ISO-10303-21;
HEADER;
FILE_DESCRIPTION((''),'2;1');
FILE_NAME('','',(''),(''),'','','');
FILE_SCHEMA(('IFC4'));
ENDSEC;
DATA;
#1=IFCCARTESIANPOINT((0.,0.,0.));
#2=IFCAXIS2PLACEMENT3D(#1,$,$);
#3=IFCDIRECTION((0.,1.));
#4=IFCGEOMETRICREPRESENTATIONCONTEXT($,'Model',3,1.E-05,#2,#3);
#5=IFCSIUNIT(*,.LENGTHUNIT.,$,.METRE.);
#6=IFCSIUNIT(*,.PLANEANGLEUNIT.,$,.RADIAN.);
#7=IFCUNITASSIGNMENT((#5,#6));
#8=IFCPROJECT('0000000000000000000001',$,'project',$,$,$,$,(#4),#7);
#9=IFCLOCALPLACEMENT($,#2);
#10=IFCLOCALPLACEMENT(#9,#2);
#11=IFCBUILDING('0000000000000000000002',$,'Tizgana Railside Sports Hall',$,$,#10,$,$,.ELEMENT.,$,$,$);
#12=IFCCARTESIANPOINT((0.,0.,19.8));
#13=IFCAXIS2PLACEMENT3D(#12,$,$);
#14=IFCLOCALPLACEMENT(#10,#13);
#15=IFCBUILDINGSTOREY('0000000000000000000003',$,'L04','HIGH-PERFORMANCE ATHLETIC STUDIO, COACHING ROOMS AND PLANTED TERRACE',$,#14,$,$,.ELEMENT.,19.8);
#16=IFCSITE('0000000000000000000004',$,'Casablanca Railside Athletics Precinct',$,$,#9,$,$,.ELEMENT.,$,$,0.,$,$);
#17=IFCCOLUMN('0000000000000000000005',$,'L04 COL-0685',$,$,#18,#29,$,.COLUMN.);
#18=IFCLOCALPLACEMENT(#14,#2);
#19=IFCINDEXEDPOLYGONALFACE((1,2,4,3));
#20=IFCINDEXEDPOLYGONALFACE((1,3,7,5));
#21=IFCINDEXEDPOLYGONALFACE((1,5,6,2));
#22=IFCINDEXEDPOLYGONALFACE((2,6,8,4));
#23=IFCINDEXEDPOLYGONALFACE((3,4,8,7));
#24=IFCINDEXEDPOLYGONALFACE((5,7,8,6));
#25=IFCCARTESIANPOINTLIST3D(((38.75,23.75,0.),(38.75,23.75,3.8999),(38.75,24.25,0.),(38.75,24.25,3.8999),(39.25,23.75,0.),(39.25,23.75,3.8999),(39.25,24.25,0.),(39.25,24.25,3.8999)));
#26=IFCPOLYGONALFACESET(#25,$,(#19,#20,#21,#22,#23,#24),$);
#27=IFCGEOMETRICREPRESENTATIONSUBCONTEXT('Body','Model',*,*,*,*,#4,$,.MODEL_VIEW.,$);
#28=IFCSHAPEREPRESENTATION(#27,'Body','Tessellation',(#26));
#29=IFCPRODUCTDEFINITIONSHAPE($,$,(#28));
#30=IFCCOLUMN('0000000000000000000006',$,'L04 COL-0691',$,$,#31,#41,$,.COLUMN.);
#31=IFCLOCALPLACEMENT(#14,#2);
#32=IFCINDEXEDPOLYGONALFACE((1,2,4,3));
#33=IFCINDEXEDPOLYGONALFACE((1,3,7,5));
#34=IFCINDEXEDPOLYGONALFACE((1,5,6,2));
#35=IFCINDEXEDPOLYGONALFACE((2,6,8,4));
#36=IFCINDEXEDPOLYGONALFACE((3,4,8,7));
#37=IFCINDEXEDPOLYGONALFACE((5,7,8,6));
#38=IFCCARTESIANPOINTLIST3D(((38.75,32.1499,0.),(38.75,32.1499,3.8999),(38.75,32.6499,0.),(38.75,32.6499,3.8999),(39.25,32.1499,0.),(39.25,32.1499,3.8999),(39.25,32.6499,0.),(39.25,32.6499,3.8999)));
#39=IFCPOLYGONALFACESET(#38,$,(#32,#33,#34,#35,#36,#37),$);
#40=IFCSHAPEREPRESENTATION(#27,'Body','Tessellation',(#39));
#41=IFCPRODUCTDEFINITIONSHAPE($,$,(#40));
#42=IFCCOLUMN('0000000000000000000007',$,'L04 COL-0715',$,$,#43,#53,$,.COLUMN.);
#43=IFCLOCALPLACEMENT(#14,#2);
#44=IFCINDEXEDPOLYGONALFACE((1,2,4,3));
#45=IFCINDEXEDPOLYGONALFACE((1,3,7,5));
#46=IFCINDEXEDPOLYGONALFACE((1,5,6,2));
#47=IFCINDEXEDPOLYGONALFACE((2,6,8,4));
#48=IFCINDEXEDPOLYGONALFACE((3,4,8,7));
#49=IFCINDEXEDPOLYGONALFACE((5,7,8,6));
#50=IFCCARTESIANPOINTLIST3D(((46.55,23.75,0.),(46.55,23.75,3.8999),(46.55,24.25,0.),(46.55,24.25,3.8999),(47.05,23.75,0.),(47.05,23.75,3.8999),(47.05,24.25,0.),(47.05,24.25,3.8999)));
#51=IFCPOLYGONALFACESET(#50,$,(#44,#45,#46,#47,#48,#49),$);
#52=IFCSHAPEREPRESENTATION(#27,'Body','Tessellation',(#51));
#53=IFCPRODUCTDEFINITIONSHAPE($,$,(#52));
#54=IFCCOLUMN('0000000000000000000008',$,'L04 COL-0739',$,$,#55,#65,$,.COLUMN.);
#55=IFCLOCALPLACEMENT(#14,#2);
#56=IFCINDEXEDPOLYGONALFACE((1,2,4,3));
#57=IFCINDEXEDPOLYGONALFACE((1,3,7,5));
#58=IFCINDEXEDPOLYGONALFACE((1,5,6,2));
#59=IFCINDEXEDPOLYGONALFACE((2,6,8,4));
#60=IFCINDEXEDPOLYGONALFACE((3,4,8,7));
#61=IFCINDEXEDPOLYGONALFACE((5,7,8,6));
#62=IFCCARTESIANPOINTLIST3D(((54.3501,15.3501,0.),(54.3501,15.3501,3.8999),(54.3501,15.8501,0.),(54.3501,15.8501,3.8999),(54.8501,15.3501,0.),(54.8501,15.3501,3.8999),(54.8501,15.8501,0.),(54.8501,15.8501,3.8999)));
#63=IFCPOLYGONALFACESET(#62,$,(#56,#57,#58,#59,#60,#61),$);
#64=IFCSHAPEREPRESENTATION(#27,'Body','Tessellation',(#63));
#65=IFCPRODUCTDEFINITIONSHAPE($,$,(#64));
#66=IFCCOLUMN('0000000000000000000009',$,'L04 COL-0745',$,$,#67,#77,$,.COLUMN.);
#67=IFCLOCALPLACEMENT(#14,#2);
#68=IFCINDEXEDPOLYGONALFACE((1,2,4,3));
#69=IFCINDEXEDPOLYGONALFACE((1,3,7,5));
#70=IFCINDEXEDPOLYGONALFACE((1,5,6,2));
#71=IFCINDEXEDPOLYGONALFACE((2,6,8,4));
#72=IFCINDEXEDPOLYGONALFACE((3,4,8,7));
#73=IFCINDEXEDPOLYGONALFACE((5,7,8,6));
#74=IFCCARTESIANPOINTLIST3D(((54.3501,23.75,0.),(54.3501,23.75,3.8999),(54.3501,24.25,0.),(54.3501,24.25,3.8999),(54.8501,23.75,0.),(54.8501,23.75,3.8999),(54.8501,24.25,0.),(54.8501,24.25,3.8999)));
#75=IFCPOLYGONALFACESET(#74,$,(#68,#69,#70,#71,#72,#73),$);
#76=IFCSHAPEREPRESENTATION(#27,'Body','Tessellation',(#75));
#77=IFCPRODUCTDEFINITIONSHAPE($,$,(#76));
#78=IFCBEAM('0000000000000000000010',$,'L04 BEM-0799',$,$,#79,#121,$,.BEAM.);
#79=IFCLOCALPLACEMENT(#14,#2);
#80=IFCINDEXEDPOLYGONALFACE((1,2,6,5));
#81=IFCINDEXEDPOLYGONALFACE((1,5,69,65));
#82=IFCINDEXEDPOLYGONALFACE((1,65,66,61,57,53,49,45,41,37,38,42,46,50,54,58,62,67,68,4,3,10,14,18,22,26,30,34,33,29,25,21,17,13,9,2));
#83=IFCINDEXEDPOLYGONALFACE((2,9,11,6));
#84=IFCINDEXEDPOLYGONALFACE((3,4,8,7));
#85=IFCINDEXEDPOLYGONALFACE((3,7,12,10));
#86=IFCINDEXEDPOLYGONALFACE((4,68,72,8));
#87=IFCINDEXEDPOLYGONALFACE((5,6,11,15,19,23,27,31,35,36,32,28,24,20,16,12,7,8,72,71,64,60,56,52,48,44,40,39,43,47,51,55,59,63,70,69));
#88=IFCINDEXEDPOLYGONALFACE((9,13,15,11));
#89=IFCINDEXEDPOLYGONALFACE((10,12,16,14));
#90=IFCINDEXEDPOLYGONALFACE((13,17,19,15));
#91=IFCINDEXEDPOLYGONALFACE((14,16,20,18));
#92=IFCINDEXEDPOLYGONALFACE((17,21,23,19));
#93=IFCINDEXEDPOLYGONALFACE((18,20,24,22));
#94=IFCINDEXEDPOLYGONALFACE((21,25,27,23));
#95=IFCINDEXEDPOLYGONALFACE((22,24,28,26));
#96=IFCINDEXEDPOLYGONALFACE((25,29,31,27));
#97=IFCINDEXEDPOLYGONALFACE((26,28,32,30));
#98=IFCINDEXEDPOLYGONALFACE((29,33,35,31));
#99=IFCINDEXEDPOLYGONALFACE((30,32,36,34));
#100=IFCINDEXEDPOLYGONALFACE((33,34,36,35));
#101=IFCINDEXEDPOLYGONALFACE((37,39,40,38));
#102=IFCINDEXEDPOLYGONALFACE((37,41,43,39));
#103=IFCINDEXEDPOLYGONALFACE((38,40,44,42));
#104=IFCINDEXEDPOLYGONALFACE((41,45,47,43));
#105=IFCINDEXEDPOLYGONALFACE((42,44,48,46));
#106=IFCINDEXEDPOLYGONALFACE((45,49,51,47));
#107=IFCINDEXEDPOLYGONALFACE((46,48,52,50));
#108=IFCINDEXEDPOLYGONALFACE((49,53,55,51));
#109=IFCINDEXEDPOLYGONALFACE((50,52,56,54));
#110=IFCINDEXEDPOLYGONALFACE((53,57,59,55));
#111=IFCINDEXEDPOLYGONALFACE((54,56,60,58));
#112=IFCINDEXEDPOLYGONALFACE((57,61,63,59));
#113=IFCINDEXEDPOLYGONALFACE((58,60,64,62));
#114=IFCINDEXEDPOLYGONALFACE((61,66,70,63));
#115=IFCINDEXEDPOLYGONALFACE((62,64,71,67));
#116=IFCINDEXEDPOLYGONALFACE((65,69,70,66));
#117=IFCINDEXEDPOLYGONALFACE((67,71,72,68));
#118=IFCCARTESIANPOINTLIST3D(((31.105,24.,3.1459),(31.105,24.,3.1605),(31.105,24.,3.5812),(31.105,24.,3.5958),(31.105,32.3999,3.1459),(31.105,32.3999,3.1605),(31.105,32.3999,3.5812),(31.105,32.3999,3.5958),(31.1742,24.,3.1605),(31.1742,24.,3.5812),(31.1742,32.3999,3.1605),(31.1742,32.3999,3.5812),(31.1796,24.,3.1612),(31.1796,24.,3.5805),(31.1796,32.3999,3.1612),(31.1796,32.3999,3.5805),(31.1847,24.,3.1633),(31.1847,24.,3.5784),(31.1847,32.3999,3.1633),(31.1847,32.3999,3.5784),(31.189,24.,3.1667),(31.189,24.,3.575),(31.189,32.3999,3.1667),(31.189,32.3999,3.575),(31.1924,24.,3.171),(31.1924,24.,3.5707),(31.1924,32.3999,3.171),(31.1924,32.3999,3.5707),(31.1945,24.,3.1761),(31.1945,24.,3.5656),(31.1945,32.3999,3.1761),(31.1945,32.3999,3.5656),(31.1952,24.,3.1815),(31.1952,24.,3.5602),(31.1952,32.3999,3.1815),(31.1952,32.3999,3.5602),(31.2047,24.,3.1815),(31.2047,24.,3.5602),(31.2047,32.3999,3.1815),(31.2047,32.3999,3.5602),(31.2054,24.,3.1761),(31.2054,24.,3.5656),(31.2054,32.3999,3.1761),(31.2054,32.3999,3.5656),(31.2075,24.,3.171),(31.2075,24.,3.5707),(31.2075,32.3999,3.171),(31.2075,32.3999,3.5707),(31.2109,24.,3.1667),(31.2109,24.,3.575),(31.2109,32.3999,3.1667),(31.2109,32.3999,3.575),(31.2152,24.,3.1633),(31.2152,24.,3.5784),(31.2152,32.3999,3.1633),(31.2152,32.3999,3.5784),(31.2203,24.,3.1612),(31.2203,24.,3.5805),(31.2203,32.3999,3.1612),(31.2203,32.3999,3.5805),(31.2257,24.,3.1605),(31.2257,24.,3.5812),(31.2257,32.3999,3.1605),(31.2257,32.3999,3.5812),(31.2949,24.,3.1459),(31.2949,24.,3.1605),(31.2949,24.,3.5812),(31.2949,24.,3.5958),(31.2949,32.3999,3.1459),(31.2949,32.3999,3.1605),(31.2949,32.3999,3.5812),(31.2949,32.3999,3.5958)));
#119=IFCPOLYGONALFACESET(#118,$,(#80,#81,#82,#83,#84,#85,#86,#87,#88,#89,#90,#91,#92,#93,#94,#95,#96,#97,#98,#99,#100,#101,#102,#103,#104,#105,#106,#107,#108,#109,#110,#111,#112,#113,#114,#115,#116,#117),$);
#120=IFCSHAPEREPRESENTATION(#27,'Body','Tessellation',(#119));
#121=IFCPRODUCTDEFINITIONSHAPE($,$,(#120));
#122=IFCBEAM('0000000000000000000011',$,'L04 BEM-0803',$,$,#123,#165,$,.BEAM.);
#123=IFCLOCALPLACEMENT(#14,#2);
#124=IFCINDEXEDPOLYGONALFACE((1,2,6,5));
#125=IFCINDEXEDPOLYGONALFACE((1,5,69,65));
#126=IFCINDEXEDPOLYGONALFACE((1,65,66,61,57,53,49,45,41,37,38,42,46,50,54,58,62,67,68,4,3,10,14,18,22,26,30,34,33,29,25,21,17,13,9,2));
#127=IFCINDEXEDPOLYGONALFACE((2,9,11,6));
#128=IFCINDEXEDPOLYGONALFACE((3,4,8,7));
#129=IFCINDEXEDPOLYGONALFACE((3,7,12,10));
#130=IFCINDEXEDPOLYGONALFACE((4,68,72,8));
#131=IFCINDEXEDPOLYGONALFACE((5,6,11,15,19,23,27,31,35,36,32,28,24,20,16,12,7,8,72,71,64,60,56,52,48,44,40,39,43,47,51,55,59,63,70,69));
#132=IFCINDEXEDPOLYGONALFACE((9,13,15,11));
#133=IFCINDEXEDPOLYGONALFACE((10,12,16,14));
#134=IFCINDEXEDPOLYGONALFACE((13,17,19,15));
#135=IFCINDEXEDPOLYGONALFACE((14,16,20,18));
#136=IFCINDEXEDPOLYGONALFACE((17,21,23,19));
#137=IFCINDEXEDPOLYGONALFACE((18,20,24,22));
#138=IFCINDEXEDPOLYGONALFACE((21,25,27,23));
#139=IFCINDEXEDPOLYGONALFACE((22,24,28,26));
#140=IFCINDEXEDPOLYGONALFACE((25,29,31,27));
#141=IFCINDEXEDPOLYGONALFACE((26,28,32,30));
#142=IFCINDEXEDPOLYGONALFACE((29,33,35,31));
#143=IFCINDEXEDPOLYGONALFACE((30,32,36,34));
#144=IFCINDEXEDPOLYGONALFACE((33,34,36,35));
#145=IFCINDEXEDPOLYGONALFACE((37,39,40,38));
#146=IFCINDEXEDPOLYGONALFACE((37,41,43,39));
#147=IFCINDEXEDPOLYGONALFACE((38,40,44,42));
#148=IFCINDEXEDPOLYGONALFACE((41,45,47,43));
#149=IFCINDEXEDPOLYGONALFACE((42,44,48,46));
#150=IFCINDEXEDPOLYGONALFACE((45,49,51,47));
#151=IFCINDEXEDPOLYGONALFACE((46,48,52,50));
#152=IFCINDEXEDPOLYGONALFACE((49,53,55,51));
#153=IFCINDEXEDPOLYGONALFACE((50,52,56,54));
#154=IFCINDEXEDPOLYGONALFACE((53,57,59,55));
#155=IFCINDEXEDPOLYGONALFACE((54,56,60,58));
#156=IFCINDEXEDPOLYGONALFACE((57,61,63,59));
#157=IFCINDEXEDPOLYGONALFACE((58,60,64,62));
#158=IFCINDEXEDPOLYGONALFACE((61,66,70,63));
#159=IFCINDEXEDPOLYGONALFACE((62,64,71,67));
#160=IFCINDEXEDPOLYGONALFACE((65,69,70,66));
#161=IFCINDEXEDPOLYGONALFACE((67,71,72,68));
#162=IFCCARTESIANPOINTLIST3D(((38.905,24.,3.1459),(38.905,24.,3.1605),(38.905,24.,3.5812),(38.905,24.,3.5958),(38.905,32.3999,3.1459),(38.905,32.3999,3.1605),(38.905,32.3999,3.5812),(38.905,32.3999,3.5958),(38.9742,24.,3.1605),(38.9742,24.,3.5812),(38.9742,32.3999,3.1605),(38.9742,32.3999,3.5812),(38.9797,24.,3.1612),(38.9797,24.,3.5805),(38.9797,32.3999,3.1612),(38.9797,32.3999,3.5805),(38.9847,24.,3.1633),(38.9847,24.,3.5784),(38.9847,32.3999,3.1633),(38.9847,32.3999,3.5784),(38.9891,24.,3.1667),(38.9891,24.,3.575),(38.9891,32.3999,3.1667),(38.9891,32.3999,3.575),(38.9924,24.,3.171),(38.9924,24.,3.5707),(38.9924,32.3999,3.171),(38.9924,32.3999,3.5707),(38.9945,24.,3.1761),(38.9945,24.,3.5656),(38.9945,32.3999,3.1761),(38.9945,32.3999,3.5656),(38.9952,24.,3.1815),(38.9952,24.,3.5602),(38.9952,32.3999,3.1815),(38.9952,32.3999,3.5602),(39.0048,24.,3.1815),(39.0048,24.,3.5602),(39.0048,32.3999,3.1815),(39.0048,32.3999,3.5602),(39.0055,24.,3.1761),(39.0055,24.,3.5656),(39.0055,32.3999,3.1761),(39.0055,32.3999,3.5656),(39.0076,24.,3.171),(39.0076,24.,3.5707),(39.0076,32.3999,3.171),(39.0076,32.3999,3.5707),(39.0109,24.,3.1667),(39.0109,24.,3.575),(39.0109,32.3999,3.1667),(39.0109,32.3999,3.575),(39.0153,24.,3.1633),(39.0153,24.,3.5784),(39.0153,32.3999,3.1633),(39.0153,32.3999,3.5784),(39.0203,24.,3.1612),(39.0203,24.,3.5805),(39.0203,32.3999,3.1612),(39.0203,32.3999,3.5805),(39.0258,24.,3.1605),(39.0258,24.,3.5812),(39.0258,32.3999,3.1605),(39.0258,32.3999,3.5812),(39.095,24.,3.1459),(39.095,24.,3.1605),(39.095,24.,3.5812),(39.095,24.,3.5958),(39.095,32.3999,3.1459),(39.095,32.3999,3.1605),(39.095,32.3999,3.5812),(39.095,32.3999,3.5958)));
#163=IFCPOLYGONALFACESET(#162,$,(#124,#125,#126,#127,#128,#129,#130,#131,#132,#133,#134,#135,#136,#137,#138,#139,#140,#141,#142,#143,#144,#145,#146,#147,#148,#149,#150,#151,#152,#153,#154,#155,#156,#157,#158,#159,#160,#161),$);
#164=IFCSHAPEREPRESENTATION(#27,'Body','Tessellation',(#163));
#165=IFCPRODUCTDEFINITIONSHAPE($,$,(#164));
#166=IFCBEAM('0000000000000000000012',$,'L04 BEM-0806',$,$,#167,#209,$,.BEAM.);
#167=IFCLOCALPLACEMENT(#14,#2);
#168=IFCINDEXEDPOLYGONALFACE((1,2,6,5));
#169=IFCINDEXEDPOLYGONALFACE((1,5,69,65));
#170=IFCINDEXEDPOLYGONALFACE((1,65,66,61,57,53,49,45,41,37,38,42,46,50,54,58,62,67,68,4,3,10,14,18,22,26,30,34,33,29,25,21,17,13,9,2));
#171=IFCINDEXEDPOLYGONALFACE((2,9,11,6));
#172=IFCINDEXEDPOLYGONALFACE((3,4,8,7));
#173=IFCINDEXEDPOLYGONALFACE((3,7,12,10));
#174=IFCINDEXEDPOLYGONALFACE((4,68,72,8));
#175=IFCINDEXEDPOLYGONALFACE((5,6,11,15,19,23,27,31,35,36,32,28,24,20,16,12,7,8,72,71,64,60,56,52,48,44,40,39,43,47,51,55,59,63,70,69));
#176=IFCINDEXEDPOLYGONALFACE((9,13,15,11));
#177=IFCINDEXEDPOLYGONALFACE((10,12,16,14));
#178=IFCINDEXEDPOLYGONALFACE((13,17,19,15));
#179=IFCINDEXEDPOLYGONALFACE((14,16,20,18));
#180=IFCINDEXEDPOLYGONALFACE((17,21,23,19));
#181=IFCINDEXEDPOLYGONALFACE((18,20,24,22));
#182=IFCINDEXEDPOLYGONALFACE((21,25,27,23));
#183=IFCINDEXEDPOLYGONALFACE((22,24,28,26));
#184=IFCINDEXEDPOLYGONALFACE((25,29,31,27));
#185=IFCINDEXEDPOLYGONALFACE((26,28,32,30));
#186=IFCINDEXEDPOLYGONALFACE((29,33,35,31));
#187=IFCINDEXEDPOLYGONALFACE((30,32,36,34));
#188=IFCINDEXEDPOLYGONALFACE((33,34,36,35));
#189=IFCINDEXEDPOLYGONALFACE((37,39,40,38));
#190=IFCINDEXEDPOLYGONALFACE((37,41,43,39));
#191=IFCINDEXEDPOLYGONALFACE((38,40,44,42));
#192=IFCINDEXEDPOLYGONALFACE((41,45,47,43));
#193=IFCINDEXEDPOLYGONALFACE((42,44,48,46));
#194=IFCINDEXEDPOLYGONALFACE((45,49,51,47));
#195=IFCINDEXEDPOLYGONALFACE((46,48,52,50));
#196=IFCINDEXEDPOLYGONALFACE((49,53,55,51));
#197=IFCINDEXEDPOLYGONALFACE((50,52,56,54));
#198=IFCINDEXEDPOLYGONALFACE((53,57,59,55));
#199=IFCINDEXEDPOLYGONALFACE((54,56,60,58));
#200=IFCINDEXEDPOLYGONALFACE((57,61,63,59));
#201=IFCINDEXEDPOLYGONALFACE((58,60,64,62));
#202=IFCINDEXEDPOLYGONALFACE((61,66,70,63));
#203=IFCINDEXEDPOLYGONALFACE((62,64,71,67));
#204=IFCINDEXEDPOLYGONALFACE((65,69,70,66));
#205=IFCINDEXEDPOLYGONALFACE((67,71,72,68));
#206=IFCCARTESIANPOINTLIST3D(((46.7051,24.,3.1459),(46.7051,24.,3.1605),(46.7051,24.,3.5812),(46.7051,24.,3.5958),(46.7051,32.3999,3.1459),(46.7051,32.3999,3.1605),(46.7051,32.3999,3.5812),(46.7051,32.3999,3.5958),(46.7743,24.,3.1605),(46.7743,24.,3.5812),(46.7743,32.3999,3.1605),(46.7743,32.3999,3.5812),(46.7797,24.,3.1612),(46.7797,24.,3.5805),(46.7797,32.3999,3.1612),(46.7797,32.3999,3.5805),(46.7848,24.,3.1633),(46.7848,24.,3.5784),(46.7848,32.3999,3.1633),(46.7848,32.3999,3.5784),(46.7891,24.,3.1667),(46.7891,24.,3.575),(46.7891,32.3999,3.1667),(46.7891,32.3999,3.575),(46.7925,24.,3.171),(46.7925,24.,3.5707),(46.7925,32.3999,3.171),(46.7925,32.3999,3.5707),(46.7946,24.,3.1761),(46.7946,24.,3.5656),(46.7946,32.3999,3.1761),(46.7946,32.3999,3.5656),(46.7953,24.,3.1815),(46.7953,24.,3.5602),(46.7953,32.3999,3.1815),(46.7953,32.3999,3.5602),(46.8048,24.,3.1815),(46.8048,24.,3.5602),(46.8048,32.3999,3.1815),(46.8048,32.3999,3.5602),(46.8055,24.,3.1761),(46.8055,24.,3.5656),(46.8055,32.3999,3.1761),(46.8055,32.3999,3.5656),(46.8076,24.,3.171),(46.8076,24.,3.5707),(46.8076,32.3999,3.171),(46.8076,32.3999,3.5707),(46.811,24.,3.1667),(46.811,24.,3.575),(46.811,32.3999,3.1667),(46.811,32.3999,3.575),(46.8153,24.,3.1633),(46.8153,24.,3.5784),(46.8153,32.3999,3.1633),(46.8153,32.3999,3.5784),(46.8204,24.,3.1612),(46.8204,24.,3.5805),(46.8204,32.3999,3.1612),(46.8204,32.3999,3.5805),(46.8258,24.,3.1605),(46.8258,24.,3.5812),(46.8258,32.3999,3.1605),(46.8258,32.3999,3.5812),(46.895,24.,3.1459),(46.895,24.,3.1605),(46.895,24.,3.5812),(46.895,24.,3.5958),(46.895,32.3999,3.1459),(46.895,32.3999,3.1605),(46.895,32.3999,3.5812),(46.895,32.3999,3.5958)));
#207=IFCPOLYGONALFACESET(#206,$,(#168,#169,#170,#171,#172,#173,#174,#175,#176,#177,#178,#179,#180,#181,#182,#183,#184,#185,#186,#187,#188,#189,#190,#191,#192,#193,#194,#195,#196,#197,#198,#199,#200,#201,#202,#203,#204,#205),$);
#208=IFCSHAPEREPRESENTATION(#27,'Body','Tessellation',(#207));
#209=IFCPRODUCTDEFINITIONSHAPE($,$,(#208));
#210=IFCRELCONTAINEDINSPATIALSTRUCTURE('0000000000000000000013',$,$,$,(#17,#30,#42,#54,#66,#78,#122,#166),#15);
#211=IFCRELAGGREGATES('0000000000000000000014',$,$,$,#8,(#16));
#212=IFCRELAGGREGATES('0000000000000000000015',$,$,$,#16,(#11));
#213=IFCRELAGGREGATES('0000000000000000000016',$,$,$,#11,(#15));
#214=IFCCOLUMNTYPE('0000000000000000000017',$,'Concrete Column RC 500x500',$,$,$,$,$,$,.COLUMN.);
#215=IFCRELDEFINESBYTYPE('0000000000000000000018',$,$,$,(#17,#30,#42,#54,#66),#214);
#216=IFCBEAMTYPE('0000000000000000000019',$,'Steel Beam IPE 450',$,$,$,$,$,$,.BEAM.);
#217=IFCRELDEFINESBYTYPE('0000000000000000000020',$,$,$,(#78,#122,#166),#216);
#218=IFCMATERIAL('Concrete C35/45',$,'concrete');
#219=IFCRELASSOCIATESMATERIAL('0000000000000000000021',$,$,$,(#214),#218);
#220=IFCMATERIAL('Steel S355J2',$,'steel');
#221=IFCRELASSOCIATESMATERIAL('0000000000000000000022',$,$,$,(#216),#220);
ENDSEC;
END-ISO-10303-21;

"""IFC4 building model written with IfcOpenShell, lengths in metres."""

from ifc_helpers import new_model, si_unit, direction, frame, origin, origin_2d, place, context, subcontext, project, spatial, rectangle, i_section, extrude, material, material_profile, profile_set, type_object, element, save


model = new_model("IFC4")

# Units and contexts
model_context = context("Model", 3, precision=1e-05, world=origin(), true_north=direction((0.0, 1.0)))
body_context = subcontext(model_context, "Body", "Model", "MODEL_VIEW")
ifc_project = project(units=[si_unit("LENGTHUNIT", "METRE"), si_unit("PLANEANGLEUNIT", "RADIAN")], contexts=[model_context])

# Site, building, storey
site_placement = place(None, origin())
site = spatial("IfcSite", under=ifc_project, at=site_placement, Name="Casablanca Railside Athletics Precinct", CompositionType="ELEMENT", RefElevation=0.0)
building_placement = place(site_placement, origin())
building = spatial("IfcBuilding", under=site, at=building_placement, Name="Tizgana Railside Sports Hall", CompositionType="ELEMENT")
storey_placement = place(building_placement, frame((0.0, 0.0, 19.8)))
storey = spatial("IfcBuildingStorey", under=building, at=storey_placement, Name="L04", Description="HIGH-PERFORMANCE ATHLETIC STUDIO, COACHING ROOMS AND PLANTED TERRACE", CompositionType="ELEMENT", Elevation=19.8)

# Columns
ifc_material_1 = material(Name="Concrete C35/45", Category="concrete")
ifc_material_profile_1 = material_profile(ifc_material_1, rectangle(XDim=0.5, YDim=0.5, at=origin_2d()), Name="RC 500x500")
ifc_profile_set_1 = profile_set([ifc_material_profile_1], Name="Concrete C35/45")
column_type = type_object("IfcColumnType", Name="Concrete Column RC 500x500", PredefinedType="COLUMN", material=ifc_profile_set_1)
for number, where, z_axis, x_axis, name in (
    (1, (39.0, 24.0, 0.0), (0.0, 0.0, 1.0), (1.0, 0.0, 0.0), "L04 COL-0685"),
    (2, (39.0, 32.3999, 0.0), (0.0, 0.0, 1.0), (1.0, 0.0, 0.0), "L04 COL-0691"),
    (3, (46.8, 24.0, 0.0), (0.0, 0.0, 1.0), (1.0, 0.0, 0.0), "L04 COL-0715"),
    (4, (54.6001, 15.6001, 0.0), (0.0, 0.0, 1.0), (1.0, 0.0, 0.0), "L04 COL-0739"),
    (5, (54.6001, 24.0, 0.0), (0.0, 0.0, 1.0), (1.0, 0.0, 0.0), "L04 COL-0745"),
):
    element("IfcColumn", number, at=place(storey_placement, frame(where, z_axis=z_axis, x_axis=x_axis)), inside=storey, type_object=column_type, Name=name, PredefinedType="COLUMN", context=body_context, shape_type="SweptSolid", body=[
        extrude(rectangle(XDim=0.5, YDim=0.5, at=origin_2d()), origin(), (0.0, 0.0, 1.0), 3.8999),
    ])

# Beams
ifc_material_2 = material(Name="Steel S355J2", Category="steel")
ifc_material_profile_2 = material_profile(ifc_material_2, i_section(OverallWidth=0.1899, OverallDepth=0.45, WebThickness=0.0095, FlangeThickness=0.0146, FilletRadius=0.021, at=origin_2d()), Name="IPE 450")
ifc_profile_set_2 = profile_set([ifc_material_profile_2], Name="Steel S355J2")
beam_type_1 = type_object("IfcBeamType", Name="Steel Beam IPE 450", PredefinedType="BEAM", material=ifc_profile_set_2)
for number, where, z_axis, x_axis, name in (
    (6, (31.2, 24.0, 3.3708), (0.0, 1.0, 0.0), (-1.0, 0.0, 0.0), "L04 BEM-0799"),
    (7, (39.0, 24.0, 3.3708), (0.0, 1.0, 0.0), (-1.0, 0.0, 0.0), "L04 BEM-0803"),
    (8, (46.8, 24.0, 3.3708), (0.0, 1.0, 0.0), (-1.0, 0.0, 0.0), "L04 BEM-0806"),
):
    element("IfcBeam", number, at=place(storey_placement, frame(where, z_axis=z_axis, x_axis=x_axis)), inside=storey, type_object=beam_type_1, Name=name, PredefinedType="BEAM", context=body_context, shape_type="SweptSolid", body=[
        extrude(i_section(OverallWidth=0.1899, OverallDepth=0.45, WebThickness=0.0095, FlangeThickness=0.0146, FilletRadius=0.021, at=origin_2d()), origin(), (0.0, 0.0, 1.0), 8.3999),
    ])

save(model, "model.ifc")
